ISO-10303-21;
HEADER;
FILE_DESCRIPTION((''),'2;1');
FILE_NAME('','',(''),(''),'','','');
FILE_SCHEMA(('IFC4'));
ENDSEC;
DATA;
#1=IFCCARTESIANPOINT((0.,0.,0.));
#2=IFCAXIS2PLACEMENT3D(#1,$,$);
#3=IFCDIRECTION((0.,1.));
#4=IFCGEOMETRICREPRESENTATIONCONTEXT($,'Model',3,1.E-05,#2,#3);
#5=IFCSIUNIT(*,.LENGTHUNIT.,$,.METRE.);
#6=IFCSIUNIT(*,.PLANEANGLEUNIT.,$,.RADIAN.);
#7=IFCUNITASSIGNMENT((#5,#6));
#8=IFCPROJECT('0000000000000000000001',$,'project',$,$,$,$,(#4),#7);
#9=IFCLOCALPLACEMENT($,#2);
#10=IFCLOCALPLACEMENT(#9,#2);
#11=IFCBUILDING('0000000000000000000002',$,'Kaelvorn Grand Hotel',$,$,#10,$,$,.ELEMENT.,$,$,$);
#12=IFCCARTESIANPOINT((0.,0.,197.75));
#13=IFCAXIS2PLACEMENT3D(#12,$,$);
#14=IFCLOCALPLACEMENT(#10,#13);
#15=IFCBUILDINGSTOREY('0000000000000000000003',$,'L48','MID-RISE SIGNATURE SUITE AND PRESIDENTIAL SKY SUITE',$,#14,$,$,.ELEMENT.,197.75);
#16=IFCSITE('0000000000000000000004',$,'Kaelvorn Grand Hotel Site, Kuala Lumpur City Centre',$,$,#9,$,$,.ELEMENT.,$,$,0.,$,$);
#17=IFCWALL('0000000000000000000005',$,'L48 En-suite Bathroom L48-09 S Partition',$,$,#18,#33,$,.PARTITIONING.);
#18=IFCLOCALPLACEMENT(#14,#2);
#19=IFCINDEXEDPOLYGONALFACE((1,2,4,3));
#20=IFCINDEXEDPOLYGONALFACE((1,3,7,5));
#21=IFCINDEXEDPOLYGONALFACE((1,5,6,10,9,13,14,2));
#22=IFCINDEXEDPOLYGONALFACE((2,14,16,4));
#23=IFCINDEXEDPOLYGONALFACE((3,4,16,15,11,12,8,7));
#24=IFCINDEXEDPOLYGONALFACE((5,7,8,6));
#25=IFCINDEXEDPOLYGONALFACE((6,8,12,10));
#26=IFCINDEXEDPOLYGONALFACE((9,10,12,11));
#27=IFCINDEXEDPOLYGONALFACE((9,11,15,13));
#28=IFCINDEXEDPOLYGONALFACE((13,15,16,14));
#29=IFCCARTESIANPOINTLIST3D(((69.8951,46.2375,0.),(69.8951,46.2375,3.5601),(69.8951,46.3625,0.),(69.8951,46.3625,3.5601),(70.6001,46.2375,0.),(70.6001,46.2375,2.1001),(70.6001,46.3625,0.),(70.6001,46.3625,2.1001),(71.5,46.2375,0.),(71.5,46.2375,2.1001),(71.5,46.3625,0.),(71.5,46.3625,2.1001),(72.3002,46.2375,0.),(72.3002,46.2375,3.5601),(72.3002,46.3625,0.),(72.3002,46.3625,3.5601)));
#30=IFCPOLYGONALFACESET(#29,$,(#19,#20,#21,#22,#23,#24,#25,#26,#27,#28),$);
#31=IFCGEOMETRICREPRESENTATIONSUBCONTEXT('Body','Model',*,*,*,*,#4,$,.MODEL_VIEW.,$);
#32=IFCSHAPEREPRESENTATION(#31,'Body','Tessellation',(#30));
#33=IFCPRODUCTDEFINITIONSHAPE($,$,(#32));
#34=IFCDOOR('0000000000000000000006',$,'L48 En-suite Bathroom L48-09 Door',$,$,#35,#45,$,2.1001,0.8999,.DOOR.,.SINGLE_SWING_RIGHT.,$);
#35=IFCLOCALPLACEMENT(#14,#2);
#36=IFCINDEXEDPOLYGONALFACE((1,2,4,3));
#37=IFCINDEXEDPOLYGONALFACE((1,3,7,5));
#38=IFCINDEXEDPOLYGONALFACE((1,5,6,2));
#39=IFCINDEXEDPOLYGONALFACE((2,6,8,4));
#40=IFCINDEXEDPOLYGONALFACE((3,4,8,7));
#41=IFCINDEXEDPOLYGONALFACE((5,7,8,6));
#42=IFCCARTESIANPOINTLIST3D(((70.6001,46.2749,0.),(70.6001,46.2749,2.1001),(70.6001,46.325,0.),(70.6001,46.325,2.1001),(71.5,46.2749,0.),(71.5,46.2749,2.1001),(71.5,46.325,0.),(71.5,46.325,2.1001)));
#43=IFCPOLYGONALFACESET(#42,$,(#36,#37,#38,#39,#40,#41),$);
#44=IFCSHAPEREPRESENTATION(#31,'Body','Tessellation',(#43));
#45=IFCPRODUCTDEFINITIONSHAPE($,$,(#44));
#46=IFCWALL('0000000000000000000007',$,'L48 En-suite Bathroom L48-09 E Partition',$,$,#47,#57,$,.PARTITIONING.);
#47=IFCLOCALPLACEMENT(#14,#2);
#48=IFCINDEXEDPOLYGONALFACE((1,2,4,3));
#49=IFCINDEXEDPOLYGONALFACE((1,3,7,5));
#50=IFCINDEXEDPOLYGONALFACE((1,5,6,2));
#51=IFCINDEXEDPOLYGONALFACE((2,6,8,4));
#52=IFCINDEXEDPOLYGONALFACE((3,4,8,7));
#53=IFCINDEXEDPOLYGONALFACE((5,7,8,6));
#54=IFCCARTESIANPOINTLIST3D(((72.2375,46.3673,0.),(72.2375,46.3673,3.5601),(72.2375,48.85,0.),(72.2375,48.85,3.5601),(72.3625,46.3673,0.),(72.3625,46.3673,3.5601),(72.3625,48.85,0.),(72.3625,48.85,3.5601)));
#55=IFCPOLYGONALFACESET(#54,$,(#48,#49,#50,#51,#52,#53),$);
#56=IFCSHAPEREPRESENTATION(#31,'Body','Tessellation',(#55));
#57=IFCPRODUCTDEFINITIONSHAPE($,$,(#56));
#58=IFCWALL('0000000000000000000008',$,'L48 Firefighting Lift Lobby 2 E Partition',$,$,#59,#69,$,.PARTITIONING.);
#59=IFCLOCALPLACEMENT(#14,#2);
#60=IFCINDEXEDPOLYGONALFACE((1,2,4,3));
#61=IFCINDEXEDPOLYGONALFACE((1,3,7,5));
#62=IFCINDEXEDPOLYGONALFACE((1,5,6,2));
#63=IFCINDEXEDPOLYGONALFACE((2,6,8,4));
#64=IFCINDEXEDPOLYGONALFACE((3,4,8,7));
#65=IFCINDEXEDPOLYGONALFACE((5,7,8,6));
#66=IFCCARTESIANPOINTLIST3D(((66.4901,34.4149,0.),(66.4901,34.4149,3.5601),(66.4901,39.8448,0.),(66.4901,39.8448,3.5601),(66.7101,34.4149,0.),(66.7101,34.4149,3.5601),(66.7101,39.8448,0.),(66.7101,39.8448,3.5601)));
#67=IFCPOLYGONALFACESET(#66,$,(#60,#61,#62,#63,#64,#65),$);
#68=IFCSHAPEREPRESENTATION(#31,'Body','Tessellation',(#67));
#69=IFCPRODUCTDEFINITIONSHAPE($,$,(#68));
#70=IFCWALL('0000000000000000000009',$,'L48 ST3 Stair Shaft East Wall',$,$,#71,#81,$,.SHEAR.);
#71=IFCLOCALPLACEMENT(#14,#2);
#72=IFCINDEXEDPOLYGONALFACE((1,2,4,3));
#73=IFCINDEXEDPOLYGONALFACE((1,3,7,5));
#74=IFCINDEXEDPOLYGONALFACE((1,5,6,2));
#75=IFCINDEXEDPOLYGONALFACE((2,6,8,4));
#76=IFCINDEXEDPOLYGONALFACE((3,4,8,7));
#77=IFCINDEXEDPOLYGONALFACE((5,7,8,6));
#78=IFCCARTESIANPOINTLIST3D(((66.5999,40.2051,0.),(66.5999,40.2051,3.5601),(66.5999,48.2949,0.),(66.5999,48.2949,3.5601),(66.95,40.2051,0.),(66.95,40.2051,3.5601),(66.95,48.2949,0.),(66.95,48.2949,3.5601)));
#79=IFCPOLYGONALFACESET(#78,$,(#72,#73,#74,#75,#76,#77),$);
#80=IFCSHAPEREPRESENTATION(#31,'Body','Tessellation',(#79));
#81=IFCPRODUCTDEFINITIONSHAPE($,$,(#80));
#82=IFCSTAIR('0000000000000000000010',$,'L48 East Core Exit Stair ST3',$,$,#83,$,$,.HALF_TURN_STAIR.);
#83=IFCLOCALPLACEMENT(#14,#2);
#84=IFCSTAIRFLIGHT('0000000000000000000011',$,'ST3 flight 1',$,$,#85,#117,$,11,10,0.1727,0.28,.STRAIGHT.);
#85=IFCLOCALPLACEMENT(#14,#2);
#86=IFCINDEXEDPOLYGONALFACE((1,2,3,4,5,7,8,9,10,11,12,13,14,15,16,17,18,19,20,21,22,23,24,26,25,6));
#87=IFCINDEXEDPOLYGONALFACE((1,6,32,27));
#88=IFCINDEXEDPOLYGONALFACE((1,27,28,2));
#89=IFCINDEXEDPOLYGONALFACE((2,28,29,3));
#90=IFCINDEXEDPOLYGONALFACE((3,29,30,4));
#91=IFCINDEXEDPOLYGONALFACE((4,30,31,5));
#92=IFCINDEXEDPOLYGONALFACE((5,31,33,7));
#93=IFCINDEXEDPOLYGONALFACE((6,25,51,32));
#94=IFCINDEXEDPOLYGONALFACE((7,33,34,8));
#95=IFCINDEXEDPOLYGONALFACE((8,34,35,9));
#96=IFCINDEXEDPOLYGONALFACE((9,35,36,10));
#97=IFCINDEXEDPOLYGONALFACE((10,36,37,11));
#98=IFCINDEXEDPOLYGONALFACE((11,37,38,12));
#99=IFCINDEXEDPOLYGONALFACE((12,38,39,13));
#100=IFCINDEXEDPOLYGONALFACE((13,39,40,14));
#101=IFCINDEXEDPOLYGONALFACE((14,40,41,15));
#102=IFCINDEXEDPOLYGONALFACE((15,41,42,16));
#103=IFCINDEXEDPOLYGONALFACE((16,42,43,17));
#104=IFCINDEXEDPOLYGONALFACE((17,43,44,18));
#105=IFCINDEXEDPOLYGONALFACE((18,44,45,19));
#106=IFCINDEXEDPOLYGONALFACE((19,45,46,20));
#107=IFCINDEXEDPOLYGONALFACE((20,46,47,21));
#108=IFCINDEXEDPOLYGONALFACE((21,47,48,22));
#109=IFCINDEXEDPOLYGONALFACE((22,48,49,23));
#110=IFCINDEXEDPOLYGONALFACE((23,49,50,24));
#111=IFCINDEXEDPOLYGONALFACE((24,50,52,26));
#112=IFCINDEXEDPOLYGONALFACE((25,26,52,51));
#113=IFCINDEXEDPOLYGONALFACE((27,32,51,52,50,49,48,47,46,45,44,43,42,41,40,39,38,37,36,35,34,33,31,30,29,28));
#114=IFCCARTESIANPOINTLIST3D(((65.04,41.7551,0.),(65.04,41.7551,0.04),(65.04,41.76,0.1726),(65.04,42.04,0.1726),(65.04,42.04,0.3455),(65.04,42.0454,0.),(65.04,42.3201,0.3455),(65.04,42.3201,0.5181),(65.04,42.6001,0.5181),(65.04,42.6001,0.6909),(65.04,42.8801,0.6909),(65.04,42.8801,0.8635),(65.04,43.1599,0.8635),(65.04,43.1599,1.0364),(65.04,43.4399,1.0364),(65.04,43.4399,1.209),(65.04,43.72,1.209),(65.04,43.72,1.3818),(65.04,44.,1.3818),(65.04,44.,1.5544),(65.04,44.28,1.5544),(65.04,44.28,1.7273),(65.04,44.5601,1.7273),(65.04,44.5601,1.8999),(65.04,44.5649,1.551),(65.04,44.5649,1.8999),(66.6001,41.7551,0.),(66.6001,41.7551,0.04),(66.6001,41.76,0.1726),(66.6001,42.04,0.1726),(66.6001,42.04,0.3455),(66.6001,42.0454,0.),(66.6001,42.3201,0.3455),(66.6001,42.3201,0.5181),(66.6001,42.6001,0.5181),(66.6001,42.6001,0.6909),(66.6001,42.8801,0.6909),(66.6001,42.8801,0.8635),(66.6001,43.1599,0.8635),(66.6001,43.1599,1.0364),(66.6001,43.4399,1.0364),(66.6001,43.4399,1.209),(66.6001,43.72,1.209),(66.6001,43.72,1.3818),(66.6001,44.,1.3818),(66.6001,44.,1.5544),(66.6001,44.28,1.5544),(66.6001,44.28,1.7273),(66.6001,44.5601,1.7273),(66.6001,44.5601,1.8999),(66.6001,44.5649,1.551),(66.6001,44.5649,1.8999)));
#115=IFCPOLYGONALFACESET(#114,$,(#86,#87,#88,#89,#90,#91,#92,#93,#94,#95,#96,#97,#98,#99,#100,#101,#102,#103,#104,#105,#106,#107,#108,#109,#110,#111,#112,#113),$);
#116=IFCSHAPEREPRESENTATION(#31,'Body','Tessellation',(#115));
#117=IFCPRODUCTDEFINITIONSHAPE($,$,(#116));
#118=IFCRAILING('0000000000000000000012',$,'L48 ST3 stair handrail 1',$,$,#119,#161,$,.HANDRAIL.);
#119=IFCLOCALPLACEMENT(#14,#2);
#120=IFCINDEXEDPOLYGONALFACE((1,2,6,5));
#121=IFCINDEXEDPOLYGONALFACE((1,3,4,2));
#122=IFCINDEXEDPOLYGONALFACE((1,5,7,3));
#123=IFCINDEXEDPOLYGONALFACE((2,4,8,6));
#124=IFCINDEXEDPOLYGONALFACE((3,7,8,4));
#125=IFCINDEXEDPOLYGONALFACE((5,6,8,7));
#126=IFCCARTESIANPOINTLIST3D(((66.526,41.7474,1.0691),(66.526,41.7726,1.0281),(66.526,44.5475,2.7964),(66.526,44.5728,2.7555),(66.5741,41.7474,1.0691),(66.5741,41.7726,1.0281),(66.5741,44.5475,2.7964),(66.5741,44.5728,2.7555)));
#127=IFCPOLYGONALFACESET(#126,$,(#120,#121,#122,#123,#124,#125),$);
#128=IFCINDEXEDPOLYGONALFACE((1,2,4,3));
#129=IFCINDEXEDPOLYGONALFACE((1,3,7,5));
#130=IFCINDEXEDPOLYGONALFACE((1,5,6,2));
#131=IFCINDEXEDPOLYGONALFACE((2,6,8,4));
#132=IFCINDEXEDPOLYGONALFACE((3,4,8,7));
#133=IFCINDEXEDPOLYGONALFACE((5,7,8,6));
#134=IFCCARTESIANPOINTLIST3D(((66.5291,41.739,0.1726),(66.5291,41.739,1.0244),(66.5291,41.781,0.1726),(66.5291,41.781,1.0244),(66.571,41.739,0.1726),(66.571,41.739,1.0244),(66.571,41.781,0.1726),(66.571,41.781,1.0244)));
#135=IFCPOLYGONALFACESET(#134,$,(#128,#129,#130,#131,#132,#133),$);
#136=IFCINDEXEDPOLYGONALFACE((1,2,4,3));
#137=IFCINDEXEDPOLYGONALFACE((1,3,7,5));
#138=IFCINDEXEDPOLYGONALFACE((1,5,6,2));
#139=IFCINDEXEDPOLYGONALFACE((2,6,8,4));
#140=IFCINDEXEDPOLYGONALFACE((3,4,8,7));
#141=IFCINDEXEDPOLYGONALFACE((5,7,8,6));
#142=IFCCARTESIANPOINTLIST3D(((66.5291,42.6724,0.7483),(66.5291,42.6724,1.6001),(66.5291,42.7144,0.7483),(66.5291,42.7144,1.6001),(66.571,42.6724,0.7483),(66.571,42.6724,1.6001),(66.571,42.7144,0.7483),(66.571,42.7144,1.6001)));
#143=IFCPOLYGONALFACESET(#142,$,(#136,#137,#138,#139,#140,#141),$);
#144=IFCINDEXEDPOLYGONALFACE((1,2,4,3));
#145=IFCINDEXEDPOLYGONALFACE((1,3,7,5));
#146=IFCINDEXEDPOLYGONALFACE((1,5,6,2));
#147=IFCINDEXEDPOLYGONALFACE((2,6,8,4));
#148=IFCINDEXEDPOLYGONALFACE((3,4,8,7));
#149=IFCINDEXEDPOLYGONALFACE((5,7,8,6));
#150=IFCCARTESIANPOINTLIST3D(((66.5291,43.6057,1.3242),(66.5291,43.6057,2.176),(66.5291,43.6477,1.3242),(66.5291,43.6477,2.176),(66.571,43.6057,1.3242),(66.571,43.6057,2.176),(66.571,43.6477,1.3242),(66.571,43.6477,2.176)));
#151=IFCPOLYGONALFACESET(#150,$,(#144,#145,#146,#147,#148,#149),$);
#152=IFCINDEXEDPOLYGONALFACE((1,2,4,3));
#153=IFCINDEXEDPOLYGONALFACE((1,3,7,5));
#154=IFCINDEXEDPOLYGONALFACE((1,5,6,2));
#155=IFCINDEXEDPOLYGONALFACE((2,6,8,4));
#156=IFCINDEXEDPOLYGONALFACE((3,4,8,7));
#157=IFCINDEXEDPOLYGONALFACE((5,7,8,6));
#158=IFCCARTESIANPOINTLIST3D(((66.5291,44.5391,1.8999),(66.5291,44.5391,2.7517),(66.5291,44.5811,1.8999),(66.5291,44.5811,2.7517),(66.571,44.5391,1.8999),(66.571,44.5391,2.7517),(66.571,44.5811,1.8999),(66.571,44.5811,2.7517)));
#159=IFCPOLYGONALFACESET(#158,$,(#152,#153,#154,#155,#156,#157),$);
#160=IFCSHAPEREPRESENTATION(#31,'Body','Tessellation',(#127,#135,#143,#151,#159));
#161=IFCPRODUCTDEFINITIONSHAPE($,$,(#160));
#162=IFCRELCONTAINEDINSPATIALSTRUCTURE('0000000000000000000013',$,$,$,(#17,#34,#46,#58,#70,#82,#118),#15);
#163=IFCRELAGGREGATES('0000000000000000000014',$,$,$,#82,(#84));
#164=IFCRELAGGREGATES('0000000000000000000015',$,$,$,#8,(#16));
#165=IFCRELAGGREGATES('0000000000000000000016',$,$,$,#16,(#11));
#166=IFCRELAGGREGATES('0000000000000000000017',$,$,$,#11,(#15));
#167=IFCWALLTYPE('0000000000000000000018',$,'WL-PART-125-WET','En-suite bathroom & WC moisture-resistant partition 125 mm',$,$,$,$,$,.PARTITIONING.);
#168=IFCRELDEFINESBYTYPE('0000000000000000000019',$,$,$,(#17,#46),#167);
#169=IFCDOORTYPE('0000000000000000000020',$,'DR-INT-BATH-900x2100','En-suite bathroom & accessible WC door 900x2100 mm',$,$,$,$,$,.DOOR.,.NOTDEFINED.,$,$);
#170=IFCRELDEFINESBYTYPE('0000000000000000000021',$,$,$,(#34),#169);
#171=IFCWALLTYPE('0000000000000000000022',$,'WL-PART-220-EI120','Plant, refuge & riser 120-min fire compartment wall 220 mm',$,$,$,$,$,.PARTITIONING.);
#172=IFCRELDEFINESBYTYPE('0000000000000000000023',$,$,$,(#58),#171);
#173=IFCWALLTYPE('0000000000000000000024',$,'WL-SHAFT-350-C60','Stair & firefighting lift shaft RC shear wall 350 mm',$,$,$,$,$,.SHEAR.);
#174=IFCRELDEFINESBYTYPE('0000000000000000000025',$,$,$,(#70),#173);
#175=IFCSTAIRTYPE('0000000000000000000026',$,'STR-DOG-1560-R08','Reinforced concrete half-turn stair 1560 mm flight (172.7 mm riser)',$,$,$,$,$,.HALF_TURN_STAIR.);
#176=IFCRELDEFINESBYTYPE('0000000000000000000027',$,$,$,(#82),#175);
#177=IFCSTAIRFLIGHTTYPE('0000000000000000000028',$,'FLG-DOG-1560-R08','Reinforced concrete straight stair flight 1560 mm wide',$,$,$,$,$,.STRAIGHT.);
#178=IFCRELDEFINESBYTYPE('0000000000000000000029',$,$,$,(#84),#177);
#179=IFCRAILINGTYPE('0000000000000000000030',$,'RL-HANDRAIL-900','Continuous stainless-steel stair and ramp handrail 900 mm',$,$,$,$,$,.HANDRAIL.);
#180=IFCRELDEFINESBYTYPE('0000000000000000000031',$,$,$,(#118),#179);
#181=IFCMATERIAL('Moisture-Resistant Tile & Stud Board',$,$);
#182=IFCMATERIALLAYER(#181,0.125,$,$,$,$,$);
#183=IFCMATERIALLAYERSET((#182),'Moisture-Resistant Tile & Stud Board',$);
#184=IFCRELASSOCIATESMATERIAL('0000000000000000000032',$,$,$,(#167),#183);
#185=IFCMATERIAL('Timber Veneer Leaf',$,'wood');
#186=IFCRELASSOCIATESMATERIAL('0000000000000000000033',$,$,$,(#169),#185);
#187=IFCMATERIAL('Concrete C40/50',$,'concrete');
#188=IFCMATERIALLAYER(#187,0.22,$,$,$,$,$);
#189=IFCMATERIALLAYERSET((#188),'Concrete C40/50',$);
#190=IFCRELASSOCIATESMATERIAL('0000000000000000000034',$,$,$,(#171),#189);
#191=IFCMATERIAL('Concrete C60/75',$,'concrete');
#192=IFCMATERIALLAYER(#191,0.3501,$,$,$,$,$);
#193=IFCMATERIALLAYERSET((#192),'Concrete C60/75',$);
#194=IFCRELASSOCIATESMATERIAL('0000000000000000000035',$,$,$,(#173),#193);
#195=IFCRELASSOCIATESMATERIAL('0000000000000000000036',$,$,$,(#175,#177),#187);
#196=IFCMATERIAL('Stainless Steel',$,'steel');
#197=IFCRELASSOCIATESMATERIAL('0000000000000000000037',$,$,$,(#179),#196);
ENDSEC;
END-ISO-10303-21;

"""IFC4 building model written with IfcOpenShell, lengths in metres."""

from ifc_helpers import new_model, si_unit, direction, frame, frame_2d, origin, origin_2d, place, context, subcontext, project, spatial, polyline, rectangle, outline, extrude, material, layer, layer_set, type_object, element, fill, aggregate, save


model = new_model("IFC4")

# Units and contexts
model_context = context("Model", 3, precision=1e-05, world=origin(), true_north=direction((0.0, 1.0)))
body_context = subcontext(model_context, "Body", "Model", "MODEL_VIEW")
ifc_project = project(units=[si_unit("LENGTHUNIT", "METRE"), si_unit("PLANEANGLEUNIT", "RADIAN")], contexts=[model_context])

# Site, building, storey
site_placement = place(None, origin())
site = spatial("IfcSite", under=ifc_project, at=site_placement, Name="Kaelvorn Grand Hotel Site, Kuala Lumpur City Centre", CompositionType="ELEMENT", RefElevation=0.0)
building_placement = place(site_placement, origin())
building = spatial("IfcBuilding", under=site, at=building_placement, Name="Kaelvorn Grand Hotel", CompositionType="ELEMENT")
storey_placement = place(building_placement, frame((0.0, 0.0, 197.75)))
storey = spatial("IfcBuildingStorey", under=building, at=storey_placement, Name="L48", Description="MID-RISE SIGNATURE SUITE AND PRESIDENTIAL SKY SUITE", CompositionType="ELEMENT", Elevation=197.75)

# Shared definitions
ifc_material_1 = material(Name="Concrete C60/75", Category="concrete")

# Shared definitions
ifc_material_2 = material(Name="Concrete C40/50", Category="concrete")

# Wall, opening, door
ifc_material_3 = material(Name="Moisture-Resistant Tile & Stud Board")
ifc_layer_1 = layer(ifc_material_3, 0.125)
ifc_layer_set_1 = layer_set([ifc_layer_1], Name="Moisture-Resistant Tile & Stud Board")
wall_type_1 = type_object("IfcWallType", Name="WL-PART-125-WET", Description="En-suite bathroom & WC moisture-resistant partition 125 mm", PredefinedType="PARTITIONING", material=ifc_layer_set_1)
wall_1_placement = place(storey_placement, frame((69.895, 46.3, 0.0), z_axis=(0.0, 0.0, 1.0), x_axis=(1.0, 0.0, 0.0)))
wall_1 = element("IfcWall", 1, at=wall_1_placement, inside=storey, type_object=wall_type_1, Name="L48 En-suite Bathroom L48-09 S Partition", PredefinedType="PARTITIONING", context=body_context, shape_type="SweptSolid", body=[
    extrude(rectangle(XDim=2.405, YDim=0.125, at=frame_2d((1.2026, 0.0))), origin(), (0.0, 0.0, 1.0), 3.5601),
])
opening_1_placement = place(wall_1_placement, frame((0.7051, 0.0, 0.0)))
opening_1 = element("IfcOpeningElement", 2, at=opening_1_placement, cuts=wall_1, PredefinedType="OPENING", context=body_context, shape_type="SweptSolid", body=[
    extrude(rectangle(XDim=0.8999, YDim=2.1001, at=frame_2d((0.45, 1.05))), frame((0.0, 0.0725, 0.0), z_axis=(0.0, -1.0, 0.0), x_axis=(1.0, 0.0, 0.0)), (0.0, 0.0, 1.0), 0.145),
])
ifc_material_4 = material(Name="Timber Veneer Leaf", Category="wood")
door_type = type_object("IfcDoorType", Name="DR-INT-BATH-900x2100", Description="En-suite bathroom & accessible WC door 900x2100 mm", OperationType="NOTDEFINED", PredefinedType="DOOR", material=ifc_material_4)
door_placement = place(opening_1_placement, origin())
door = element("IfcDoor", 3, at=door_placement, inside=storey, type_object=door_type, Name="L48 En-suite Bathroom L48-09 Door", OperationType="SINGLE_SWING_RIGHT", OverallHeight=2.1001, OverallWidth=0.8999, PredefinedType="DOOR", context=body_context, shape_type="SweptSolid", body=[
    extrude(rectangle(XDim=0.8999, YDim=2.1001, at=frame_2d((0.45, 1.05))), frame((0.0, 0.0249, 0.0), z_axis=(0.0, -1.0, 0.0), x_axis=(1.0, 0.0, 0.0)), (0.0, 0.0, 1.0), 0.05),
])
fill(opening_1, door)

# Walls
wall_2_placement = place(storey_placement, frame((72.3, 46.3674, 0.0), z_axis=(0.0, 0.0, 1.0), x_axis=(0.0, 1.0, 0.0)))
element("IfcWall", 4, at=wall_2_placement, inside=storey, type_object=wall_type_1, Name="L48 En-suite Bathroom L48-09 E Partition", PredefinedType="PARTITIONING", context=body_context, shape_type="SweptSolid", body=[
    extrude(rectangle(XDim=2.4827, YDim=0.125, at=frame_2d((1.2412, 0.0))), origin(), (0.0, 0.0, 1.0), 3.5601),
])
ifc_layer_2 = layer(ifc_material_2, 0.22)
ifc_layer_set_2 = layer_set([ifc_layer_2], Name="Concrete C40/50")
wall_type_2 = type_object("IfcWallType", Name="WL-PART-220-EI120", Description="Plant, refuge & riser 120-min fire compartment wall 220 mm", PredefinedType="PARTITIONING", material=ifc_layer_set_2)
wall_3_placement = place(storey_placement, frame((66.6001, 34.415, 0.0), z_axis=(0.0, 0.0, 1.0), x_axis=(0.0, 1.0, 0.0)))
element("IfcWall", 5, at=wall_3_placement, inside=storey, type_object=wall_type_2, Name="L48 Firefighting Lift Lobby 2 E Partition", PredefinedType="PARTITIONING", context=body_context, shape_type="SweptSolid", body=[
    extrude(rectangle(XDim=5.4299, YDim=0.22, at=frame_2d((2.7148, 0.0))), origin(), (0.0, 0.0, 1.0), 3.5601),
])
ifc_layer_3 = layer(ifc_material_1, 0.3501)
ifc_layer_set_3 = layer_set([ifc_layer_3], Name="Concrete C60/75")
wall_type_3 = type_object("IfcWallType", Name="WL-SHAFT-350-C60", Description="Stair & firefighting lift shaft RC shear wall 350 mm", PredefinedType="SHEAR", material=ifc_layer_set_3)
wall_4_placement = place(storey_placement, frame((66.7749, 40.2051, 0.0), z_axis=(0.0, 0.0, 1.0), x_axis=(0.0, 1.0, 0.0)))
element("IfcWall", 6, at=wall_4_placement, inside=storey, type_object=wall_type_3, Name="L48 ST3 Stair Shaft East Wall", PredefinedType="SHEAR", context=body_context, shape_type="SweptSolid", body=[
    extrude(rectangle(XDim=8.0898, YDim=0.3501, at=frame_2d((4.0449, 0.0))), origin(), (0.0, 0.0, 1.0), 3.5601),
])

# Stair, stair flight
stair_type = type_object("IfcStairType", Name="STR-DOG-1560-R08", Description="Reinforced concrete half-turn stair 1560 mm flight (172.7 mm riser)", PredefinedType="HALF_TURN_STAIR", material=ifc_material_2)
stair_placement = place(storey_placement, origin())
stair = element("IfcStair", 7, at=stair_placement, inside=storey, type_object=stair_type, Name="L48 East Core Exit Stair ST3", PredefinedType="HALF_TURN_STAIR")
stair_flight_type = type_object("IfcStairFlightType", Name="FLG-DOG-1560-R08", Description="Reinforced concrete straight stair flight 1560 mm wide", PredefinedType="STRAIGHT", material=ifc_material_2)
stair_flight_placement = place(storey_placement, frame((65.8201, 41.76, 0.0), z_axis=(0.0, 0.0, 1.0), x_axis=(0.0, 1.0, 0.0)))
stair_flight = element("IfcStairFlight", 8, at=stair_flight_placement, type_object=stair_flight_type, Name="ST3 flight 1", NumberOfRisers=11, NumberOfTreads=10, PredefinedType="STRAIGHT", RiserHeight=0.1727, TreadLength=0.28, context=body_context, shape_type="SweptSolid", body=[
    extrude(outline(polyline([(-0.0049, 0.0), (-0.0049, 0.04), (0.0, 0.1726), (0.28, 0.1726), (0.28, 0.3455), (0.5601, 0.3455), (0.5601, 0.5181), (0.8401, 0.5181), (0.8401, 0.6909), (1.1201, 0.6909), (1.1201, 0.8635), (1.3999, 0.8635), (1.3999, 1.0364), (1.6799, 1.0364), (1.6799, 1.209), (1.96, 1.209), (1.96, 1.3818), (2.24, 1.3818), (2.24, 1.5544), (2.52, 1.5544), (2.52, 1.7273), (2.8, 1.7273), (2.8, 1.8999), (2.8049, 1.8999), (2.8049, 1.551), (0.2854, 0.0), (-0.0049, 0.0)])), frame((0.0, 0.78, 0.0), z_axis=(0.0, -1.0, 0.0), x_axis=(1.0, 0.0, 0.0)), (0.0, 0.0, 1.0), 1.5601),
])
aggregate(stair, [stair_flight])

# Railing
ifc_material_5 = material(Name="Stainless Steel", Category="steel")
railing_type = type_object("IfcRailingType", Name="RL-HANDRAIL-900", Description="Continuous stainless-steel stair and ramp handrail 900 mm", PredefinedType="HANDRAIL", material=ifc_material_5)
railing_placement = place(storey_placement, frame((66.55, 41.76, 0.1726)))
element("IfcRailing", 9, at=railing_placement, inside=storey, type_object=railing_type, Name="L48 ST3 stair handrail 1", PredefinedType="HANDRAIL", context=body_context, shape_type="SweptSolid", body=[
    extrude(rectangle(XDim=0.0481, YDim=0.0481, at=origin_2d()), frame((0.0, 0.0, 0.876), z_axis=(0.0, 0.85109, 0.52502), x_axis=(-1.0, 0.0, 0.0)), (0.0, 0.0, 1.0), 3.29),
    extrude(rectangle(XDim=0.042, YDim=0.042, at=origin_2d()), origin(), (0.0, 0.0, 1.0), 0.8518),
    extrude(rectangle(XDim=0.042, YDim=0.042, at=origin_2d()), frame((0.0, 0.9333, 0.5757)), (0.0, 0.0, 1.0), 0.8518),
    extrude(rectangle(XDim=0.042, YDim=0.042, at=origin_2d()), frame((0.0, 1.8667, 1.1516)), (0.0, 0.0, 1.0), 0.8518),
    extrude(rectangle(XDim=0.042, YDim=0.042, at=origin_2d()), frame((0.0, 2.8, 1.7273)), (0.0, 0.0, 1.0), 0.8518),
])

save(model, "model.ifc")
